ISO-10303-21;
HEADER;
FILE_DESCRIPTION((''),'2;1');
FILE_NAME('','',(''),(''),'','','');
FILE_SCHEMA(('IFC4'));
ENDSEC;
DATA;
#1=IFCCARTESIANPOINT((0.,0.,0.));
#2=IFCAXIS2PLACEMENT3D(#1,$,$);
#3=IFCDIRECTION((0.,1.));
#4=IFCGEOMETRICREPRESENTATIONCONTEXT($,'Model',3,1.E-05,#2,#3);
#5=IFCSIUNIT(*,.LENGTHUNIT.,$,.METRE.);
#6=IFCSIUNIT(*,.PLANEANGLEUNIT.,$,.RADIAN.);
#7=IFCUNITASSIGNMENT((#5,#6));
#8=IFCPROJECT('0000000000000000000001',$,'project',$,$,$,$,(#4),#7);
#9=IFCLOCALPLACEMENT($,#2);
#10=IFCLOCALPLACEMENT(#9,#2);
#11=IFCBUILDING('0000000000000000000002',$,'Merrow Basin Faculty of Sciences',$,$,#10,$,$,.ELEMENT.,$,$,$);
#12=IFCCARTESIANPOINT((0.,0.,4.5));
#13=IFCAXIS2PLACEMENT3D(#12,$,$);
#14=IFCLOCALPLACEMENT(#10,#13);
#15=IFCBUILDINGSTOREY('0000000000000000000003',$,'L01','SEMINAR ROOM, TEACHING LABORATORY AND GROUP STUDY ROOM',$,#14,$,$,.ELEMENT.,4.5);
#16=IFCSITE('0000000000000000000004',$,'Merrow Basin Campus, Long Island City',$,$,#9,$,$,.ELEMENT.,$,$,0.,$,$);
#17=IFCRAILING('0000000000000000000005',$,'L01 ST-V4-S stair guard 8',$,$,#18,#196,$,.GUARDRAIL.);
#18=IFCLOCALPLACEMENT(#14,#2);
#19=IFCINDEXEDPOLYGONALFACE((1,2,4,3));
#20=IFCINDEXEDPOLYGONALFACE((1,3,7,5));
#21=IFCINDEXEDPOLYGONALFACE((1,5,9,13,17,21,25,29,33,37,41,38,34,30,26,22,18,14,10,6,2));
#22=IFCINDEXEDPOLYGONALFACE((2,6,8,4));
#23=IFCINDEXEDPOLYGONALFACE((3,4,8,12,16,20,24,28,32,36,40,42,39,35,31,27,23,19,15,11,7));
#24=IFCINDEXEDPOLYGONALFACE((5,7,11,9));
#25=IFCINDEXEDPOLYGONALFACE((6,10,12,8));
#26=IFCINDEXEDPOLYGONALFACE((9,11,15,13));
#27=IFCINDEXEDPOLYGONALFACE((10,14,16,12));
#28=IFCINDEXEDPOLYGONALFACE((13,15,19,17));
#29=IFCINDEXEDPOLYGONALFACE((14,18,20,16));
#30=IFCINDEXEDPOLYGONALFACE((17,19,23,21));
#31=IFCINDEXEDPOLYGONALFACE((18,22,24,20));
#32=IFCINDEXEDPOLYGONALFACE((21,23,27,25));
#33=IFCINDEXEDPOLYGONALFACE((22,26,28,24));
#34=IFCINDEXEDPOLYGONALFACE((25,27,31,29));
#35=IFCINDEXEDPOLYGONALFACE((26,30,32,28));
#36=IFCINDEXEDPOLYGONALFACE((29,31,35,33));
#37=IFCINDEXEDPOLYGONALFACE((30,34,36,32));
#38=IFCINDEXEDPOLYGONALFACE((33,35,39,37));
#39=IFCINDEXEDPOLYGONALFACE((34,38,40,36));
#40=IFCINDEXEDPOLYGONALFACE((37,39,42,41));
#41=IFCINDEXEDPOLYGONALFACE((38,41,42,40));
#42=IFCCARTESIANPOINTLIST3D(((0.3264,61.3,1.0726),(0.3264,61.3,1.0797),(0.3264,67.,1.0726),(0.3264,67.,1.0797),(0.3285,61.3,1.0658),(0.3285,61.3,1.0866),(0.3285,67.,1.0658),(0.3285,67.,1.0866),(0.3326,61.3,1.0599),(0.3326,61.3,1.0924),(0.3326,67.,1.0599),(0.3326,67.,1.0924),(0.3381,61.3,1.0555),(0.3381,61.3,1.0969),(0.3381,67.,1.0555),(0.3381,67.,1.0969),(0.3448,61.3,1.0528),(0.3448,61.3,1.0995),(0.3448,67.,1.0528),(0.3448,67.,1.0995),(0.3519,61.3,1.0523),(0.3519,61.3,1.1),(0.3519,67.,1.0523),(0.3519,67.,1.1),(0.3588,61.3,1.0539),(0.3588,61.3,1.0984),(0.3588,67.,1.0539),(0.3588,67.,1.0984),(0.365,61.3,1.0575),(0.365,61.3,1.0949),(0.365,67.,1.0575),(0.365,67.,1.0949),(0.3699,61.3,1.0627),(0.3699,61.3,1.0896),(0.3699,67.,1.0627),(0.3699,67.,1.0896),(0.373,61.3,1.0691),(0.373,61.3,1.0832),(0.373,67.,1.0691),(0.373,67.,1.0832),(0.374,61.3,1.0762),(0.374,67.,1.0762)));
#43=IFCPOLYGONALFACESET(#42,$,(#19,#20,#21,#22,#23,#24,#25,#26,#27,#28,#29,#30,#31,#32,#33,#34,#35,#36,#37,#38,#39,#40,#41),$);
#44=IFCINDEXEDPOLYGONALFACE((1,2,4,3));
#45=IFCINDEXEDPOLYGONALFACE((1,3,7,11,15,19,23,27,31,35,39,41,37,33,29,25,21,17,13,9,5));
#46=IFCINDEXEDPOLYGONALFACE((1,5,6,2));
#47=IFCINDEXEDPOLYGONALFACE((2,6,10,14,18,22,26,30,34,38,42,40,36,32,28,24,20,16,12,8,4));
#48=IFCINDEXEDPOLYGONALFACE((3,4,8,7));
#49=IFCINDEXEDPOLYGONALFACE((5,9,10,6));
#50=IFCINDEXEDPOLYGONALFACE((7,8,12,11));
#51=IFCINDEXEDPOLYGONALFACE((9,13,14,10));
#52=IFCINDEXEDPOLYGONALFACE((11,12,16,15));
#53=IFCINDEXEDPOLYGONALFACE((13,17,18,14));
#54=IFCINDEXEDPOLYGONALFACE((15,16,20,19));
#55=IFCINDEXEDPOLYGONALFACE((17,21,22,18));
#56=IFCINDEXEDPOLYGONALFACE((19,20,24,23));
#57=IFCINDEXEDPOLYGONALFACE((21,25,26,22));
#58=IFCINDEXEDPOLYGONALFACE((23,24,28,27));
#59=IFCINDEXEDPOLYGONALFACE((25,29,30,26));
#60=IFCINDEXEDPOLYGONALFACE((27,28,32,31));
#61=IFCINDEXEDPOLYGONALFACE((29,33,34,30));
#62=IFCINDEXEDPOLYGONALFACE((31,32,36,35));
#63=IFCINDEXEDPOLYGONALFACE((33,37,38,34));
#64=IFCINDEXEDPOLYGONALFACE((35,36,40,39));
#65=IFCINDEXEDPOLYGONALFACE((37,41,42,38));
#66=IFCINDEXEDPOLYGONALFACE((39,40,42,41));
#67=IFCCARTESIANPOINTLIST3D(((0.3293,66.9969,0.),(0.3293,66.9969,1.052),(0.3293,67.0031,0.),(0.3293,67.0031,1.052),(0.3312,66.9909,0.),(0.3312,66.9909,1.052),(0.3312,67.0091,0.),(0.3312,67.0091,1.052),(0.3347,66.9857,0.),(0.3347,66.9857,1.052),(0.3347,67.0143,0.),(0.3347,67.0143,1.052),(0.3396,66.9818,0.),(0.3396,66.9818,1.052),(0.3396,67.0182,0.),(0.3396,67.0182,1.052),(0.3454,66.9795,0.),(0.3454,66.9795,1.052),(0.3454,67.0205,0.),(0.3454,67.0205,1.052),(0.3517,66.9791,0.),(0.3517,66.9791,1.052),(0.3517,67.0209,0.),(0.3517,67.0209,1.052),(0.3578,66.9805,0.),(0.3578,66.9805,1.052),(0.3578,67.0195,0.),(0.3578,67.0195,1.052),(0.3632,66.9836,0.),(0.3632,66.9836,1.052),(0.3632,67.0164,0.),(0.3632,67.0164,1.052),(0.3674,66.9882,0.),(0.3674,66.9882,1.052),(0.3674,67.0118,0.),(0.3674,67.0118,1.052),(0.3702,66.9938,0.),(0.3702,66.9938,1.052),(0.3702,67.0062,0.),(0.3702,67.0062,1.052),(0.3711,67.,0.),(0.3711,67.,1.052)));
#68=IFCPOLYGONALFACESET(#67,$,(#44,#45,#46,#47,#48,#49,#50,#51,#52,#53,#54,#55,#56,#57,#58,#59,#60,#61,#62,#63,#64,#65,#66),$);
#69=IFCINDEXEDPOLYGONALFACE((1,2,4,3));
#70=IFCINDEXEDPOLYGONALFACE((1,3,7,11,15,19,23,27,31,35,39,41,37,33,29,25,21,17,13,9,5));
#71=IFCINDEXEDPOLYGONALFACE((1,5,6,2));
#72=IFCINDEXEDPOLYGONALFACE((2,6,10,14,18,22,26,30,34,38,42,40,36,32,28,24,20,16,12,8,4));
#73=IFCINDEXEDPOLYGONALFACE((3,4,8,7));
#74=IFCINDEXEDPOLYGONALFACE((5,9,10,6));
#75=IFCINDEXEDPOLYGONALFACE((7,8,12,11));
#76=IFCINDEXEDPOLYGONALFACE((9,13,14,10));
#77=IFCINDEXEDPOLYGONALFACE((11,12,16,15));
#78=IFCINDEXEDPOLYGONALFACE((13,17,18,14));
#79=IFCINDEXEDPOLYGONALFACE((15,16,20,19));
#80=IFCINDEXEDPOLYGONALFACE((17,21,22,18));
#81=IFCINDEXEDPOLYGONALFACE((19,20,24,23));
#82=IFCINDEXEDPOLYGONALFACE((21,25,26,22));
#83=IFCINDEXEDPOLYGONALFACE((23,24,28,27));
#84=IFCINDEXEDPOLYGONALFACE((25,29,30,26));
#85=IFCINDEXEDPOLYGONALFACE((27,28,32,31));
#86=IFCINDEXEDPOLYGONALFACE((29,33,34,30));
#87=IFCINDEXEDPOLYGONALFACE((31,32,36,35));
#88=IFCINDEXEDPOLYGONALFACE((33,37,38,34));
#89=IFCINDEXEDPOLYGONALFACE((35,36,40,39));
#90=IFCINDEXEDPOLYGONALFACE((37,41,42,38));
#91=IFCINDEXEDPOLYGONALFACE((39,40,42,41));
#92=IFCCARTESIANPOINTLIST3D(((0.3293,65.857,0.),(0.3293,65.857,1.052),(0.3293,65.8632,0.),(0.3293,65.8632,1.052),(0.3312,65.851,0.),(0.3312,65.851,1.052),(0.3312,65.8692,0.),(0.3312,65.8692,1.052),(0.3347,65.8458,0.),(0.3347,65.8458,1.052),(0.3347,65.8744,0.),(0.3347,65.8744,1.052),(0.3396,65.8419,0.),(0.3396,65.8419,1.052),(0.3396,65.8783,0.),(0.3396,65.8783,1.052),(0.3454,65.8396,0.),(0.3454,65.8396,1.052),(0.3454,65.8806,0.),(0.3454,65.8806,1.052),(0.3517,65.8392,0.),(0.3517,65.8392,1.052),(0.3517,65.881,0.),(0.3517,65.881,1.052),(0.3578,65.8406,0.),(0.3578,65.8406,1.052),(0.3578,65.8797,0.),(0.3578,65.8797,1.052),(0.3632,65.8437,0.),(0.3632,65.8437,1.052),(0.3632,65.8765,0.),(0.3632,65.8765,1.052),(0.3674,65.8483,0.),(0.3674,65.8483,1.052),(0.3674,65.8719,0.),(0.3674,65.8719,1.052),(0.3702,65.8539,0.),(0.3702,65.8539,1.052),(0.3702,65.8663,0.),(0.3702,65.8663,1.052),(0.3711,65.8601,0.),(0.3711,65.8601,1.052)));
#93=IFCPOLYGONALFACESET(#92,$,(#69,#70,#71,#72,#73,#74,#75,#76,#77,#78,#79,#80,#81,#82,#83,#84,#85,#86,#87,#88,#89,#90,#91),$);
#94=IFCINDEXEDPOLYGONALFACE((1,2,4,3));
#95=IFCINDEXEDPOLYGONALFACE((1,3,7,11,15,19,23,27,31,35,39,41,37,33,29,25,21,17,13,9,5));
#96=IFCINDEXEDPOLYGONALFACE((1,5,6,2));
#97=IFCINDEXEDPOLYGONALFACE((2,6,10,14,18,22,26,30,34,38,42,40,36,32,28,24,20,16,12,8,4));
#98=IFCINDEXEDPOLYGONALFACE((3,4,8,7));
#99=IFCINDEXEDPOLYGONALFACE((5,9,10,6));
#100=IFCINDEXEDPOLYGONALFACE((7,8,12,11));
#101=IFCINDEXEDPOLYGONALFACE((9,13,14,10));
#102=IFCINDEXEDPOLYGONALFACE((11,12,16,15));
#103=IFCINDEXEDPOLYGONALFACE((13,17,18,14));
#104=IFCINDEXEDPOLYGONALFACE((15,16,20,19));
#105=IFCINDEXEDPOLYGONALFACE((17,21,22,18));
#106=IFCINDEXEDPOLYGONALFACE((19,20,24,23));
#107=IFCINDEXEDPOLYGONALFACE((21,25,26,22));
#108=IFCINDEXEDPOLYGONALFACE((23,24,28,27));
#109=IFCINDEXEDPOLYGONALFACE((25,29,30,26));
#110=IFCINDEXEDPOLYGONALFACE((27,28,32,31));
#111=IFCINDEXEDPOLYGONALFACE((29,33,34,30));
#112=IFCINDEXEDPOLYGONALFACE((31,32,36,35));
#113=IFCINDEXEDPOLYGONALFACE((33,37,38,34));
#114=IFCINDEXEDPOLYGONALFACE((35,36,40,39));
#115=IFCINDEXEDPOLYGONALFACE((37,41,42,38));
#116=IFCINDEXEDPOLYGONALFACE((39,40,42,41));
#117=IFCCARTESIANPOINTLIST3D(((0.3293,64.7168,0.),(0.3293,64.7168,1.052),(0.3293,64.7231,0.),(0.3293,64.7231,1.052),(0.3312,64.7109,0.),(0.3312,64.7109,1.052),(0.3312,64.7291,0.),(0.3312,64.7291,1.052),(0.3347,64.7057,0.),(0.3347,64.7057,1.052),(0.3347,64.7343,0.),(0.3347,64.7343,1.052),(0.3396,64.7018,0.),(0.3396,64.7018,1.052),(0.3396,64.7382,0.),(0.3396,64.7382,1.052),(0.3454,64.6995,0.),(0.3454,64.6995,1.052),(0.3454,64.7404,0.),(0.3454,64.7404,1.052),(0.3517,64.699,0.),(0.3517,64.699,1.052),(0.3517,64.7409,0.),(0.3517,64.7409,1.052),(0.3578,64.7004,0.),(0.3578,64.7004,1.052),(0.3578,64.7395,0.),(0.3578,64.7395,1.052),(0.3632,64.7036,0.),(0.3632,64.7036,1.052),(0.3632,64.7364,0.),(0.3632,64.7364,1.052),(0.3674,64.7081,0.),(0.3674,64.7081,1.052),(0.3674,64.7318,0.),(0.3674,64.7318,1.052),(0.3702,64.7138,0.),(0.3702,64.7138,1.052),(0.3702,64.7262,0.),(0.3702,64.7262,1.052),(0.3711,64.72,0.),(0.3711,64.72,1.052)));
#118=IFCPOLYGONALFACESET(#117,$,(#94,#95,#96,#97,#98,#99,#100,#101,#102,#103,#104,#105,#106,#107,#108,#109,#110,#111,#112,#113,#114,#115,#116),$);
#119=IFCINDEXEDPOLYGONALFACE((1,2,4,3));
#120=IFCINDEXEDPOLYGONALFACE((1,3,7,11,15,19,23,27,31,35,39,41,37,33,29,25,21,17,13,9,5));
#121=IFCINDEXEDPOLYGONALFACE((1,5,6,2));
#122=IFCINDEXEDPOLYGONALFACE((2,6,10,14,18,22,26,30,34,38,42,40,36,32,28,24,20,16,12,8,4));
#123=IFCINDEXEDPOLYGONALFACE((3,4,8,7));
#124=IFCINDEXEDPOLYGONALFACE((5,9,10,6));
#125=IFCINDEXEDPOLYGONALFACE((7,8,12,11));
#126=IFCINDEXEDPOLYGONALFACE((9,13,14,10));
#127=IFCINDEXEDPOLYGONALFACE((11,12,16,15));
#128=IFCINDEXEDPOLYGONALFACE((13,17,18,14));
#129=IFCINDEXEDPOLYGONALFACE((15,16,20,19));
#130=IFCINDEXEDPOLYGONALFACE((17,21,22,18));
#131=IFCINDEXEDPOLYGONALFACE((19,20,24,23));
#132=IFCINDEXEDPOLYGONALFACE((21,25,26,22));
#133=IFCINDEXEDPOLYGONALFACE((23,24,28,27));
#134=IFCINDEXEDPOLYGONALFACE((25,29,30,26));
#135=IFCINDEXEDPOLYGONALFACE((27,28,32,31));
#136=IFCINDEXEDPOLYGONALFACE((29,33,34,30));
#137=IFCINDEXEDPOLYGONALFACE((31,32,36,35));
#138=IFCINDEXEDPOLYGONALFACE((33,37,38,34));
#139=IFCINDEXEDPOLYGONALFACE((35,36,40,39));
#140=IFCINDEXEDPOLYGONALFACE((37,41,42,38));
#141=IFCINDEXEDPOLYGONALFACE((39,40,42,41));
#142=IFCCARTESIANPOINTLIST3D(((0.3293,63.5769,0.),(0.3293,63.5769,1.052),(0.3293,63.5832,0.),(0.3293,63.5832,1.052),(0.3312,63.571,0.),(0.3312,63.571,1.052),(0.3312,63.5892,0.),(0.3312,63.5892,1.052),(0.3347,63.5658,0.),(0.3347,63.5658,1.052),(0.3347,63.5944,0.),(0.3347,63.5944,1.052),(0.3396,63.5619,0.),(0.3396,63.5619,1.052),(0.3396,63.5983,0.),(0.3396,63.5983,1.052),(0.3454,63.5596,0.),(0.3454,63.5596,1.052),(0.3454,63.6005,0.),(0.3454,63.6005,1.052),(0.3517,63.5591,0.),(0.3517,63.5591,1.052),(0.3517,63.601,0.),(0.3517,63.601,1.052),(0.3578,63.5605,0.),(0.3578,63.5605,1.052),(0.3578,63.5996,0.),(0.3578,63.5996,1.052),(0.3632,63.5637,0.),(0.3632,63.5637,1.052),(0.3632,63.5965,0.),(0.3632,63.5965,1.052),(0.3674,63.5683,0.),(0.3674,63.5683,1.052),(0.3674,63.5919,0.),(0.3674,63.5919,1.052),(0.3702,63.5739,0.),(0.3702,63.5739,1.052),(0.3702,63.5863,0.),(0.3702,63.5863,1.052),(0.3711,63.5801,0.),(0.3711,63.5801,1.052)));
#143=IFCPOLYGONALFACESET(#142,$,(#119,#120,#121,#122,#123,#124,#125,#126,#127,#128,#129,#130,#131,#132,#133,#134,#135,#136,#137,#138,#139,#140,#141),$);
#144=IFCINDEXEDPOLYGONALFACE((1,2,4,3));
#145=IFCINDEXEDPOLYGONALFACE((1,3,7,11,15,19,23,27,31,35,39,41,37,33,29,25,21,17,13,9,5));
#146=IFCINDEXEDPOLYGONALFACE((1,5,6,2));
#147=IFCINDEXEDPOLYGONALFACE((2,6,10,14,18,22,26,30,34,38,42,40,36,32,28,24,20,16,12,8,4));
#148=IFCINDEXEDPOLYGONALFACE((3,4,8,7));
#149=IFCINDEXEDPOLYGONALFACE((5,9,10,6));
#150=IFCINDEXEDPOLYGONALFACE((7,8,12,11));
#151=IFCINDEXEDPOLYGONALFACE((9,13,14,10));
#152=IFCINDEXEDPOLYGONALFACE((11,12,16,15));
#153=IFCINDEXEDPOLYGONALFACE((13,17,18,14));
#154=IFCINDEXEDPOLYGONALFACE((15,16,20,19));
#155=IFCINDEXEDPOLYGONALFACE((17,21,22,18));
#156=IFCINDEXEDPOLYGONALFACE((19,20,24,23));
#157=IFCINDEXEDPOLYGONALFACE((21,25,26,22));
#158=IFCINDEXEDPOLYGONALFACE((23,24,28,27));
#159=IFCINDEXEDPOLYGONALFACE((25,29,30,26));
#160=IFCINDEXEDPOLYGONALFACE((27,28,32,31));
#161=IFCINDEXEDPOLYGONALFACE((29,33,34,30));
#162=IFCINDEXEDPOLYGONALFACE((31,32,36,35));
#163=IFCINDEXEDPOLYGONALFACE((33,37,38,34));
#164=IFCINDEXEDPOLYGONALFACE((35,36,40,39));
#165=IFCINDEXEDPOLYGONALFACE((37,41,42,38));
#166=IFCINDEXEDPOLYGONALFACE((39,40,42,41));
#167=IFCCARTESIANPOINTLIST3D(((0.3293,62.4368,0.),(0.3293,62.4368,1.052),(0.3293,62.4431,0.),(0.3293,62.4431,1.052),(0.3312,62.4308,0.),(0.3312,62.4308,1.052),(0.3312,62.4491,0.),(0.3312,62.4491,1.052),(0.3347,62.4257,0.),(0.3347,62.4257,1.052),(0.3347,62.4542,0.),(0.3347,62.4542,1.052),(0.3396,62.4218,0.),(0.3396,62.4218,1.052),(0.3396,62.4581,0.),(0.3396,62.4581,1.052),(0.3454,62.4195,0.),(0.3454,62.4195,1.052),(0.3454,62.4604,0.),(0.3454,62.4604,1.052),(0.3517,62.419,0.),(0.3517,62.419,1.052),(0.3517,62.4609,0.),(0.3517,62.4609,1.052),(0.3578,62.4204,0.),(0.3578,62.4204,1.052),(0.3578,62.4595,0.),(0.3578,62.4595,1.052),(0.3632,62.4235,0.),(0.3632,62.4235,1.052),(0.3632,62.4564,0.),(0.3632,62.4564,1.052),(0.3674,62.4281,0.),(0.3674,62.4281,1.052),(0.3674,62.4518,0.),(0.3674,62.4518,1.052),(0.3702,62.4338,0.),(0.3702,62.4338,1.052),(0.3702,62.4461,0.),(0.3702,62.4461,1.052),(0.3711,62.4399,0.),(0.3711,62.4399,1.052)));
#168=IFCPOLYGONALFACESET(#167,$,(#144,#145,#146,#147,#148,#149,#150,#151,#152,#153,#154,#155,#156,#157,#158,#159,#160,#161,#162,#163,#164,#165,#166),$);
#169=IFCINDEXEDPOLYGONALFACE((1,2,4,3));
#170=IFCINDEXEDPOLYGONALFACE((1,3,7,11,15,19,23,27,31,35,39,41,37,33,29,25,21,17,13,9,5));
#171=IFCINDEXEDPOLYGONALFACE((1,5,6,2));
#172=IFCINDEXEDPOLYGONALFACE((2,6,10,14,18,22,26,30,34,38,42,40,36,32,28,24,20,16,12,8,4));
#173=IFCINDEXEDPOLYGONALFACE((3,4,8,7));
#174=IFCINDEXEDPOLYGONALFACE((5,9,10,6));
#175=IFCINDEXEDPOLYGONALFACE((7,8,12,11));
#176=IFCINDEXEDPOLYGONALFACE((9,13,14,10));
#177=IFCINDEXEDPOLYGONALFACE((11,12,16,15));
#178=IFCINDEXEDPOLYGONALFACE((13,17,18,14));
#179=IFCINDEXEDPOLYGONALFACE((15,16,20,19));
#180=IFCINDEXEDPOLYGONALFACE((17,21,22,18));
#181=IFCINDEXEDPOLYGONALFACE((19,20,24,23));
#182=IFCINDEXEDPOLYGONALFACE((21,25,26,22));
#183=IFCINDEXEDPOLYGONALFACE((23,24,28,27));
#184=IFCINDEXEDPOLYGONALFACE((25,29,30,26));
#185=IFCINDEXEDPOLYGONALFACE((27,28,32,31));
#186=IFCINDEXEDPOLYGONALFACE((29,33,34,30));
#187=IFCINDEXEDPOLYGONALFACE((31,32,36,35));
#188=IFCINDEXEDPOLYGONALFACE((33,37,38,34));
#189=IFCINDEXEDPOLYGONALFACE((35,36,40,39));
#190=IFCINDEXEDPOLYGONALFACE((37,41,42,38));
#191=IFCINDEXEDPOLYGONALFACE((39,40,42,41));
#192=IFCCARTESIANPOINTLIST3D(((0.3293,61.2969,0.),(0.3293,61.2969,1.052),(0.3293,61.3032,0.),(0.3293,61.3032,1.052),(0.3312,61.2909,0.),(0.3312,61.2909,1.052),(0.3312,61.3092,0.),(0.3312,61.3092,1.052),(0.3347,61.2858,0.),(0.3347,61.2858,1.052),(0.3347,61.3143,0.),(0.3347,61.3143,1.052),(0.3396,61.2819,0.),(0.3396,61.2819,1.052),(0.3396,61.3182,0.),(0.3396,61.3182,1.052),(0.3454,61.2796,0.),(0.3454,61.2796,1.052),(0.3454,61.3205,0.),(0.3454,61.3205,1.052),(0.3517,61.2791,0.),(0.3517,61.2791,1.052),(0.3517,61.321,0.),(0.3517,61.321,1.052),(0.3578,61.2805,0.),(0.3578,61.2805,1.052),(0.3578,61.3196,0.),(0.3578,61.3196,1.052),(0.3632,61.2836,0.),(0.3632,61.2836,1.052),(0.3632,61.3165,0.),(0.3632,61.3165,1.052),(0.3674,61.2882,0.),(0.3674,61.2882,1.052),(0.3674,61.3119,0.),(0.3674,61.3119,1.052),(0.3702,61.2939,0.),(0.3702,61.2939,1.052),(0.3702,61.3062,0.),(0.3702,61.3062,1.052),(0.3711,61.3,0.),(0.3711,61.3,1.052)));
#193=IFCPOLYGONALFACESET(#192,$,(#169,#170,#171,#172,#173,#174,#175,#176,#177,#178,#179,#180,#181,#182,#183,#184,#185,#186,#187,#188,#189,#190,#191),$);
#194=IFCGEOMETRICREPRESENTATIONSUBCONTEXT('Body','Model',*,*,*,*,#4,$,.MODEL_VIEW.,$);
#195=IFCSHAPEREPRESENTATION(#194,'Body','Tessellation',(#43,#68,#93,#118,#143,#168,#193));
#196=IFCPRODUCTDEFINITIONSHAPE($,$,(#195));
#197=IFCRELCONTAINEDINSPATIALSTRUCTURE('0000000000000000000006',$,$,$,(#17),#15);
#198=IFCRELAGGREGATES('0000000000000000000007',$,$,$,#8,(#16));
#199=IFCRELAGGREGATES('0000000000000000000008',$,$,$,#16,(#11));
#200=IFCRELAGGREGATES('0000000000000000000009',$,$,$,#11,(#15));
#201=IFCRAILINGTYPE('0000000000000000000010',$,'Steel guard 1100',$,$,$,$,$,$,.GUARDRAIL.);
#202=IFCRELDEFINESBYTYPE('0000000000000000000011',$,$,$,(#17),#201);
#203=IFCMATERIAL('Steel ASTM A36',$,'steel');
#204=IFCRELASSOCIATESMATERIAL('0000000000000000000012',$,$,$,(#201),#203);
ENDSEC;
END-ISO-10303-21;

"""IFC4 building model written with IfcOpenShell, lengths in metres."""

from ifc_helpers import new_model, si_unit, direction, frame, origin, origin_2d, place, context, subcontext, project, spatial, circle, extrude, material, type_object, element, save


model = new_model("IFC4")

# Units and contexts
model_context = context("Model", 3, precision=1e-05, world=origin(), true_north=direction((0.0, 1.0)))
body_context = subcontext(model_context, "Body", "Model", "MODEL_VIEW")
ifc_project = project(units=[si_unit("LENGTHUNIT", "METRE"), si_unit("PLANEANGLEUNIT", "RADIAN")], contexts=[model_context])

# Site, building, storey
site_placement = place(None, origin())
site = spatial("IfcSite", under=ifc_project, at=site_placement, Name="Merrow Basin Campus, Long Island City", CompositionType="ELEMENT", RefElevation=0.0)
building_placement = place(site_placement, origin())
building = spatial("IfcBuilding", under=site, at=building_placement, Name="Merrow Basin Faculty of Sciences", CompositionType="ELEMENT")
storey_placement = place(building_placement, frame((0.0, 0.0, 4.5)))
storey = spatial("IfcBuildingStorey", under=building, at=storey_placement, Name="L01", Description="SEMINAR ROOM, TEACHING LABORATORY AND GROUP STUDY ROOM", CompositionType="ELEMENT", Elevation=4.5)

# Railing
ifc_material_1 = material(Name="Steel ASTM A36", Category="steel")
railing_type = type_object("IfcRailingType", Name="Steel guard 1100", PredefinedType="GUARDRAIL", material=ifc_material_1)
railing_1_placement = place(storey_placement, frame((0.3501, 67.0, 0.0)))
element("IfcRailing", 1, at=railing_1_placement, inside=storey, type_object=railing_type, Name="L01 ST-V4-S stair guard 8", PredefinedType="GUARDRAIL", context=body_context, shape_type="SweptSolid", body=[
    extrude(circle(Radius=0.0239, at=origin_2d()), frame((0.0, 0.0, 1.0762), z_axis=(0.0, -1.0, 0.0), x_axis=(1.0, 0.0, 0.0)), (0.0, 0.0, 1.0), 5.7),
    extrude(circle(Radius=0.021, at=origin_2d()), origin(), (0.0, 0.0, 1.0), 1.052),
    extrude(circle(Radius=0.021, at=origin_2d()), frame((0.0, -1.1399, 0.0)), (0.0, 0.0, 1.0), 1.052),
    extrude(circle(Radius=0.021, at=origin_2d()), frame((0.0, -2.28, 0.0)), (0.0, 0.0, 1.0), 1.052),
    extrude(circle(Radius=0.021, at=origin_2d()), frame((0.0, -3.4199, 0.0)), (0.0, 0.0, 1.0), 1.052),
    extrude(circle(Radius=0.021, at=origin_2d()), frame((0.0, -4.5601, 0.0)), (0.0, 0.0, 1.0), 1.052),
    extrude(circle(Radius=0.021, at=origin_2d()), frame((0.0, -5.7, 0.0)), (0.0, 0.0, 1.0), 1.052),
])

save(model, "model.ifc")
